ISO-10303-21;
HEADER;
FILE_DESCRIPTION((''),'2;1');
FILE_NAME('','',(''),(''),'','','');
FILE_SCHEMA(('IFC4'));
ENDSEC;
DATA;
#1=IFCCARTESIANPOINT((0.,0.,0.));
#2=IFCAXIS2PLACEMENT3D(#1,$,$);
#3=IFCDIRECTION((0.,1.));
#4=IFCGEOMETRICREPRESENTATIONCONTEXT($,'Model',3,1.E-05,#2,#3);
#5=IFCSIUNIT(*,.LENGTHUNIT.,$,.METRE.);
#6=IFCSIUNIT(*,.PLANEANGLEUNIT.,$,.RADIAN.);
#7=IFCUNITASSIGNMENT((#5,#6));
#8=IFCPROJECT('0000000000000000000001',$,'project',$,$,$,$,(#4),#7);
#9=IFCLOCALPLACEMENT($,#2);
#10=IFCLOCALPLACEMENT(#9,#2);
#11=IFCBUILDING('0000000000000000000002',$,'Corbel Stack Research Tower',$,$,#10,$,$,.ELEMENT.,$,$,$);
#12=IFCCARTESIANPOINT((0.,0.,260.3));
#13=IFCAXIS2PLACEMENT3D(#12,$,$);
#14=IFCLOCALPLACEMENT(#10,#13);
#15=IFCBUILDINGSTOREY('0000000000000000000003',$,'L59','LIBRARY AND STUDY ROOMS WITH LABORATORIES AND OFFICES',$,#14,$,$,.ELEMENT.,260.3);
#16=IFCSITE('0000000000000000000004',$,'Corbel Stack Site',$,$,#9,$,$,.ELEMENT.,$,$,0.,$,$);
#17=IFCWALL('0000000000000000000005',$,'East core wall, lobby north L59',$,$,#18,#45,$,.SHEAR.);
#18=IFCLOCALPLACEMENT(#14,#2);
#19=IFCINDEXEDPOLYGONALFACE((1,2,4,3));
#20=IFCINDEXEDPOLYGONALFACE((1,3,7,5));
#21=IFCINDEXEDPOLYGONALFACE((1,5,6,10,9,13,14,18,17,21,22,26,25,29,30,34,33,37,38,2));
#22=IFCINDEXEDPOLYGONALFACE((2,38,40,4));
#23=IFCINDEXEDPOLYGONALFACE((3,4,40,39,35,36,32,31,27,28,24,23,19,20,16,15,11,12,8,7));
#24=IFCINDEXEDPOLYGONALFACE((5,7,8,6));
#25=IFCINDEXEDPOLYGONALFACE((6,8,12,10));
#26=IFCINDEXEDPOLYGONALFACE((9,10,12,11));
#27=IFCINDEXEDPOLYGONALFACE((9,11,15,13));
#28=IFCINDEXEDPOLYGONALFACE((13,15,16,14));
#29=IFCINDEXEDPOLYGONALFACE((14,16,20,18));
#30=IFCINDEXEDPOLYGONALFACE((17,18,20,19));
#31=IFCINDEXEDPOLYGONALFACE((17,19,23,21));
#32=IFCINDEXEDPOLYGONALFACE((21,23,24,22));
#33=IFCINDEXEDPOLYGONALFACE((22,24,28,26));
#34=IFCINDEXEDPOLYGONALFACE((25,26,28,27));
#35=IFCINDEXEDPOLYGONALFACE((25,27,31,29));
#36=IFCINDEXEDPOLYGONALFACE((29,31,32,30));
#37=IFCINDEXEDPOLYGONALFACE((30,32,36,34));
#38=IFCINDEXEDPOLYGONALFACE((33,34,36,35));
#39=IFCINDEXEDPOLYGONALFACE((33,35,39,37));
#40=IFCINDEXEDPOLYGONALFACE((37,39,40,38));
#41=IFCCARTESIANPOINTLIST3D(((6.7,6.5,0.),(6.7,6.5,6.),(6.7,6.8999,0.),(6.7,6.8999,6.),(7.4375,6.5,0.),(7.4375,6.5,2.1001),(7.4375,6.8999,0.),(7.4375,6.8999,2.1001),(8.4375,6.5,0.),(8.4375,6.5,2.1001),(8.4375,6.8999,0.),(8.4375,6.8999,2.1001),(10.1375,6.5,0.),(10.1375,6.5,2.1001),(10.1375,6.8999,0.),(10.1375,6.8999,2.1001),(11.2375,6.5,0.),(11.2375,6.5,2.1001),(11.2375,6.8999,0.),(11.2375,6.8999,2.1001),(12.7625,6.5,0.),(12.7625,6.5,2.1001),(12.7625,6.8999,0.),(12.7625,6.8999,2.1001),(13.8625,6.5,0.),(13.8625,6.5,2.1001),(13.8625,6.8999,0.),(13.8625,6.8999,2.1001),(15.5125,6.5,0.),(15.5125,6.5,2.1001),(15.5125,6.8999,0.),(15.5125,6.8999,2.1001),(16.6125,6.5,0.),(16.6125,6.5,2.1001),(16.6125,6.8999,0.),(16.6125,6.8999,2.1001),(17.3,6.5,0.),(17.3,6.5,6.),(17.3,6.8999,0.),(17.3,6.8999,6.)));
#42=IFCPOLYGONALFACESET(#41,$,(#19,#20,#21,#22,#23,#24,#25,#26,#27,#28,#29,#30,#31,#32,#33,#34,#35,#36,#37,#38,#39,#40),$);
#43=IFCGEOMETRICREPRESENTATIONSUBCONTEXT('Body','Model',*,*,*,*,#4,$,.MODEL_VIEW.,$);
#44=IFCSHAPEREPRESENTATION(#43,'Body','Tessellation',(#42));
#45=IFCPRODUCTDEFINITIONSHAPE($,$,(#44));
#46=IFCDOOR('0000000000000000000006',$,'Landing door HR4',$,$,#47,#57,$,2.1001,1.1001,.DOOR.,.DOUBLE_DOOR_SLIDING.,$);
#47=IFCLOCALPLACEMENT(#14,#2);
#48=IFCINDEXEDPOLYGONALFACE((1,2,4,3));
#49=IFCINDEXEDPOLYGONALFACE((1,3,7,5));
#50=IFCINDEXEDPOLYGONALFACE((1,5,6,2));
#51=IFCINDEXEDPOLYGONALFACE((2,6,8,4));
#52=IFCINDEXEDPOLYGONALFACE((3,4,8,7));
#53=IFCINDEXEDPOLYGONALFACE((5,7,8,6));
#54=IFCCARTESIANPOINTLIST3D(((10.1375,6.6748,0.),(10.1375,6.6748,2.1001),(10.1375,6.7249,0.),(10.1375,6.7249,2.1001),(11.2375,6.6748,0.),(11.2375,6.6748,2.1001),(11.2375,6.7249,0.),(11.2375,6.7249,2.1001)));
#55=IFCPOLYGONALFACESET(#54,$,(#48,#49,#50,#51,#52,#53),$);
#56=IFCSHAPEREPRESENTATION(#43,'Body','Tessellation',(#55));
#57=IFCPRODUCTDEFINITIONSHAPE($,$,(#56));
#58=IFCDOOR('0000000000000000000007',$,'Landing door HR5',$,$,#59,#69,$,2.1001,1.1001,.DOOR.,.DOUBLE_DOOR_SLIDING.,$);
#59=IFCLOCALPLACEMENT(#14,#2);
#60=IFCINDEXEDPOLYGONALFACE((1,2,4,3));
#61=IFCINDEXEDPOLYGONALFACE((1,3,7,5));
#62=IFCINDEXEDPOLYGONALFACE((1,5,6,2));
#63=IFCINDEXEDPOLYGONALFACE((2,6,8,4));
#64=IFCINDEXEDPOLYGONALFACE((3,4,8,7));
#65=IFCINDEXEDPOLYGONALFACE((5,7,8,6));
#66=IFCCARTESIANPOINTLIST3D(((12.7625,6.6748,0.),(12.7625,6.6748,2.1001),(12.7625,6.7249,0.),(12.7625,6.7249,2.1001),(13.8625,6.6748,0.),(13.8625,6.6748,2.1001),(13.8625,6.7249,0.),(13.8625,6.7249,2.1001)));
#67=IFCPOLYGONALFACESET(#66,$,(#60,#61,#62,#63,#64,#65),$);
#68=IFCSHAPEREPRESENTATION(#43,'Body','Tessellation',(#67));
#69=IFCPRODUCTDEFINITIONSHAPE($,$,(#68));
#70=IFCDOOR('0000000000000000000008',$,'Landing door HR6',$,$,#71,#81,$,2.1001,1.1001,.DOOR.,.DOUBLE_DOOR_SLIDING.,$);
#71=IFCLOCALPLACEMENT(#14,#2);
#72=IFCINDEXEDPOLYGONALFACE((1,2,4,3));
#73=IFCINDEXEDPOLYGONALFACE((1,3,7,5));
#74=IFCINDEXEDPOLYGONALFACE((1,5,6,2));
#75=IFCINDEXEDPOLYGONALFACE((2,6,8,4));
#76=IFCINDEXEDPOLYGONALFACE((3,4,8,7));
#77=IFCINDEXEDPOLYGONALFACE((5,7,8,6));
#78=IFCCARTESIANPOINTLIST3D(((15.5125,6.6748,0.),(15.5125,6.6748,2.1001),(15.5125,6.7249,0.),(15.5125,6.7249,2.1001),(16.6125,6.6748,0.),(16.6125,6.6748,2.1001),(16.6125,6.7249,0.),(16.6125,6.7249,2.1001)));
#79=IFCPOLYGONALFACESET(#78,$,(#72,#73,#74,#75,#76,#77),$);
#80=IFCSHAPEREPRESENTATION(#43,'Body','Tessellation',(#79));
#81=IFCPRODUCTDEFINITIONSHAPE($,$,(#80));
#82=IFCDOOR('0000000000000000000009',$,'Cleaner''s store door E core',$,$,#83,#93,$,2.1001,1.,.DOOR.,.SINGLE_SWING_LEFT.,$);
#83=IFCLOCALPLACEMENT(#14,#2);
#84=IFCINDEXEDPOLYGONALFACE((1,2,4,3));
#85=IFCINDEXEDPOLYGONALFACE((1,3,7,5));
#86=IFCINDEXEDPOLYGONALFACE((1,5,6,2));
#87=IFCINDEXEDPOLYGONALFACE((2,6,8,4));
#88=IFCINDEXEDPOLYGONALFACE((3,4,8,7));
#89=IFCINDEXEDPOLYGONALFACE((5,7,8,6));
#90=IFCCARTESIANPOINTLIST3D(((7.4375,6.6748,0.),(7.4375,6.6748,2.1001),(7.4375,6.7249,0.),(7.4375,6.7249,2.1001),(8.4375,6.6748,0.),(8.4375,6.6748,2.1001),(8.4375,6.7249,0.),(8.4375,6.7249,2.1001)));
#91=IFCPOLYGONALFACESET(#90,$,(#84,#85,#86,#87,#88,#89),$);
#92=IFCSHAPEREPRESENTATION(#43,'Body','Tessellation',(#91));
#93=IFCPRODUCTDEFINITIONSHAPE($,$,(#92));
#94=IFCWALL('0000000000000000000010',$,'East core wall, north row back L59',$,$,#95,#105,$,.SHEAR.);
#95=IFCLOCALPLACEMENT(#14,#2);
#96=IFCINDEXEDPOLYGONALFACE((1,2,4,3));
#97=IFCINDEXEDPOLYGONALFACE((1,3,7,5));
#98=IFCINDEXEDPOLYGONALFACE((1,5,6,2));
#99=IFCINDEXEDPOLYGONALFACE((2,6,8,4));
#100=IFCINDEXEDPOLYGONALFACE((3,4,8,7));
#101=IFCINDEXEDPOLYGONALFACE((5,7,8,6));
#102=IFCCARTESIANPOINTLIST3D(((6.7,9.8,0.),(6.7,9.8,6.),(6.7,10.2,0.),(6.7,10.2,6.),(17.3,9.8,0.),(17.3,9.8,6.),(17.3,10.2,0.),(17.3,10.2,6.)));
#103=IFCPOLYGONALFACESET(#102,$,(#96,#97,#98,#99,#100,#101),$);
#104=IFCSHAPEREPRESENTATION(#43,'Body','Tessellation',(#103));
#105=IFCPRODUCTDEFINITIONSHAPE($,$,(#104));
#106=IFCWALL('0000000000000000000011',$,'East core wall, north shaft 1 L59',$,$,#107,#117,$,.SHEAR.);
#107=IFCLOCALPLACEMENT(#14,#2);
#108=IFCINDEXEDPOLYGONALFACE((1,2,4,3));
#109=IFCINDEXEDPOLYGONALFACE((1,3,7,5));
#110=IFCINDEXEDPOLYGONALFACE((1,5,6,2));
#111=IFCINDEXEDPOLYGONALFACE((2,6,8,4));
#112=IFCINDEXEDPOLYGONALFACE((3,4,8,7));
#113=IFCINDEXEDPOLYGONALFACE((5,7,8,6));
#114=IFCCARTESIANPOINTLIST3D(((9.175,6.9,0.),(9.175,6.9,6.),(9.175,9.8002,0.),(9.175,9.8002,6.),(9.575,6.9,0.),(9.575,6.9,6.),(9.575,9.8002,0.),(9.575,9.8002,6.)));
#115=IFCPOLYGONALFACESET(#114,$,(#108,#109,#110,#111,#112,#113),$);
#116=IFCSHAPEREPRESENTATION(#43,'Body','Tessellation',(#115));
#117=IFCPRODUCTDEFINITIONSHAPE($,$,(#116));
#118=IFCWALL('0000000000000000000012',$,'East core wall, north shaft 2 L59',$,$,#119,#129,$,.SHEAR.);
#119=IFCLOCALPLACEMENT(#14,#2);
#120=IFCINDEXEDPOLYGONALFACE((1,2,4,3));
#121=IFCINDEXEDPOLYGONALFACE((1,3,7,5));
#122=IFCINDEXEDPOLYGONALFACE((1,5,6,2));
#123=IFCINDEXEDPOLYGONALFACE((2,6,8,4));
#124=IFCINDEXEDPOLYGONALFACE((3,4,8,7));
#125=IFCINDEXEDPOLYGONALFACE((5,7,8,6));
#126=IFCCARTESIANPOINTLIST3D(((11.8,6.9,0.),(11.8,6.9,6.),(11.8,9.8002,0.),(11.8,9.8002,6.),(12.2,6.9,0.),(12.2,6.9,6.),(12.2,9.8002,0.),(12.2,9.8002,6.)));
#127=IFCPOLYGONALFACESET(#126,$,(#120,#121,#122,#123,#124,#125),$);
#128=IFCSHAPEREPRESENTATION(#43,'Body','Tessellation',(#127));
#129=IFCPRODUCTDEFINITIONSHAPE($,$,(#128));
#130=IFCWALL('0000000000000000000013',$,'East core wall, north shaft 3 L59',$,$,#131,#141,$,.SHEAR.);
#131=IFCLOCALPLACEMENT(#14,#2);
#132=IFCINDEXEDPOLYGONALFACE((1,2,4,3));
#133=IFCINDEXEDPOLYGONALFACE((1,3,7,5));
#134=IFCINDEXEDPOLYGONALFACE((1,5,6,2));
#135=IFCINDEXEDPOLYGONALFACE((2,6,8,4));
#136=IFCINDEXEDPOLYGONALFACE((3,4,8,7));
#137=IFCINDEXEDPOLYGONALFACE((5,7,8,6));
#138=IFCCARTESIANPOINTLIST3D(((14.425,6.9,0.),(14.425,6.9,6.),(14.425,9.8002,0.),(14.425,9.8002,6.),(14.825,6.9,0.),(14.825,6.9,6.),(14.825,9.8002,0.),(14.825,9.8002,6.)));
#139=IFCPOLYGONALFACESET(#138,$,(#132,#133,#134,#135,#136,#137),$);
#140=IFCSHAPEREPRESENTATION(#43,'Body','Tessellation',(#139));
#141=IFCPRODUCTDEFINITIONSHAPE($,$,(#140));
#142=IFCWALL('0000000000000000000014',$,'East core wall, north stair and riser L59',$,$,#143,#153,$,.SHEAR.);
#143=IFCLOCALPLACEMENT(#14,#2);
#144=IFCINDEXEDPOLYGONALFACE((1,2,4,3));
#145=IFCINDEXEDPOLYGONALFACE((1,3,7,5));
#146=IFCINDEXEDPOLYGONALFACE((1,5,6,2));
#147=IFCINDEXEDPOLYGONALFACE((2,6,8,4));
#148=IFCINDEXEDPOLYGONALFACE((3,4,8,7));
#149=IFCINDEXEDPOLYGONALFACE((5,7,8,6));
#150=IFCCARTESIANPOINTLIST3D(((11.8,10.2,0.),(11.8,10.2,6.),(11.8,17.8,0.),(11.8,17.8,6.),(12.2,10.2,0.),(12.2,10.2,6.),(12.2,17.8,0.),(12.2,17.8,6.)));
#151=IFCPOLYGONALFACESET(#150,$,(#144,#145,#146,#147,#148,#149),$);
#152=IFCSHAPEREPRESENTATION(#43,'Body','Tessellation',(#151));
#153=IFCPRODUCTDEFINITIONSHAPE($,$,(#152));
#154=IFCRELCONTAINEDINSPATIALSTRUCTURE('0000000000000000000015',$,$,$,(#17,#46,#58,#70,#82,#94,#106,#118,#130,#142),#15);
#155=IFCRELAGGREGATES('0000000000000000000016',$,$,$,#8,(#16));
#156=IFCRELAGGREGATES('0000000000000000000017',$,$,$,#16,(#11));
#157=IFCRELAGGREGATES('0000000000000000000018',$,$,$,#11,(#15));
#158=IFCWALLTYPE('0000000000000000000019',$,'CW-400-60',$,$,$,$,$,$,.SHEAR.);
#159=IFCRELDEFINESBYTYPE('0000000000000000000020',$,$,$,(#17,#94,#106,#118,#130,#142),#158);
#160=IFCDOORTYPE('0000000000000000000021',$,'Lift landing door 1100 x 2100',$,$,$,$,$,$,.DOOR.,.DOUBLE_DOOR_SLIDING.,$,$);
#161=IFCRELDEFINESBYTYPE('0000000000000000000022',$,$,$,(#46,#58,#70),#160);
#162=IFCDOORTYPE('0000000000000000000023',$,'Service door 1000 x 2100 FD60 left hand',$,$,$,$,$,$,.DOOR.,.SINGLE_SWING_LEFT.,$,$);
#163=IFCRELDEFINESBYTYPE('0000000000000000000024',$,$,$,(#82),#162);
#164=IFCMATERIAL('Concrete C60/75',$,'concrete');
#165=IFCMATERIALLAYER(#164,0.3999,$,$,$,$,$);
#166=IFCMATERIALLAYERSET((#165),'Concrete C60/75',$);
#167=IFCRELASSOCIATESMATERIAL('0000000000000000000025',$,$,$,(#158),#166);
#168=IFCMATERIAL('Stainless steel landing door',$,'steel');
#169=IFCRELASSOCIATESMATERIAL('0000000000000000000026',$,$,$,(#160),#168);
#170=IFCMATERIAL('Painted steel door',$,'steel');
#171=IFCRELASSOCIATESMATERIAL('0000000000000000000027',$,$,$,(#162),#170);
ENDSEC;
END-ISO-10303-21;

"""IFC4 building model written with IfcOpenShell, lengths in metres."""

from ifc_helpers import new_model, si_unit, direction, frame, frame_2d, origin, place, context, subcontext, project, spatial, rectangle, extrude, material, layer, layer_set, type_object, element, fill, save


model = new_model("IFC4")

# Units and contexts
model_context = context("Model", 3, precision=1e-05, world=origin(), true_north=direction((0.0, 1.0)))
body_context = subcontext(model_context, "Body", "Model", "MODEL_VIEW")
ifc_project = project(units=[si_unit("LENGTHUNIT", "METRE"), si_unit("PLANEANGLEUNIT", "RADIAN")], contexts=[model_context])

# Site, building, storey
site_placement = place(None, origin())
site = spatial("IfcSite", under=ifc_project, at=site_placement, Name="Corbel Stack Site", CompositionType="ELEMENT", RefElevation=0.0)
building_placement = place(site_placement, origin())
building = spatial("IfcBuilding", under=site, at=building_placement, Name="Corbel Stack Research Tower", CompositionType="ELEMENT")
storey_placement = place(building_placement, frame((0.0, 0.0, 260.3)))
storey = spatial("IfcBuildingStorey", under=building, at=storey_placement, Name="L59", Description="LIBRARY AND STUDY ROOMS WITH LABORATORIES AND OFFICES", CompositionType="ELEMENT", Elevation=260.3)

# Wall, openings, doors
ifc_material_1 = material(Name="Concrete C60/75", Category="concrete")
ifc_layer_1 = layer(ifc_material_1, 0.3999)
ifc_layer_set_1 = layer_set([ifc_layer_1], Name="Concrete C60/75")
wall_type_1 = type_object("IfcWallType", Name="CW-400-60", PredefinedType="SHEAR", material=ifc_layer_set_1)
ifc_material_2 = material(Name="Stainless steel landing door", Category="steel")
door_type_1 = type_object("IfcDoorType", Name="Lift landing door 1100 x 2100", OperationType="DOUBLE_DOOR_SLIDING", PredefinedType="DOOR", material=ifc_material_2)
ifc_material_3 = material(Name="Painted steel door", Category="steel")
door_type_2 = type_object("IfcDoorType", Name="Service door 1000 x 2100 FD60 left hand", OperationType="SINGLE_SWING_LEFT", PredefinedType="DOOR", material=ifc_material_3)
wall_1_placement = place(storey_placement, frame((6.7, 6.7, 0.0), z_axis=(0.0, 0.0, 1.0), x_axis=(1.0, 0.0, 0.0)))
wall_1 = element("IfcWall", 1, at=wall_1_placement, inside=storey, type_object=wall_type_1, Name="East core wall, lobby north L59", PredefinedType="SHEAR", context=body_context, shape_type="SweptSolid", body=[
    extrude(rectangle(XDim=10.6001, YDim=0.3999, at=frame_2d((5.3, 0.0))), origin(), (0.0, 0.0, 1.0), 6.0),
])
opening_1_placement = place(wall_1_placement, frame((3.4375, 0.0, 0.0)))
opening_1 = element("IfcOpeningElement", 2, at=opening_1_placement, cuts=wall_1, PredefinedType="OPENING", context=body_context, shape_type="SweptSolid", body=[
    extrude(rectangle(XDim=1.1001, YDim=2.1001, at=frame_2d((0.55, 1.05))), frame((0.0, 0.21, 0.0), z_axis=(0.0, -1.0, 0.0), x_axis=(1.0, 0.0, 0.0)), (0.0, 0.0, 1.0), 0.4199),
])
opening_2_placement = place(wall_1_placement, frame((6.0625, 0.0, 0.0)))
opening_2 = element("IfcOpeningElement", 3, at=opening_2_placement, cuts=wall_1, PredefinedType="OPENING", context=body_context, shape_type="SweptSolid", body=[
    extrude(rectangle(XDim=1.1001, YDim=2.1001, at=frame_2d((0.55, 1.05))), frame((0.0, 0.21, 0.0), z_axis=(0.0, -1.0, 0.0), x_axis=(1.0, 0.0, 0.0)), (0.0, 0.0, 1.0), 0.4199),
])
opening_3_placement = place(wall_1_placement, frame((8.8125, 0.0, 0.0)))
opening_3 = element("IfcOpeningElement", 4, at=opening_3_placement, cuts=wall_1, PredefinedType="OPENING", context=body_context, shape_type="SweptSolid", body=[
    extrude(rectangle(XDim=1.1001, YDim=2.1001, at=frame_2d((0.55, 1.05))), frame((0.0, 0.21, 0.0), z_axis=(0.0, -1.0, 0.0), x_axis=(1.0, 0.0, 0.0)), (0.0, 0.0, 1.0), 0.4199),
])
opening_4_placement = place(wall_1_placement, frame((0.7375, 0.0, 0.0)))
opening_4 = element("IfcOpeningElement", 5, at=opening_4_placement, cuts=wall_1, PredefinedType="OPENING", context=body_context, shape_type="SweptSolid", body=[
    extrude(rectangle(XDim=1.0, YDim=2.1001, at=frame_2d((0.5, 1.05))), frame((0.0, 0.21, 0.0), z_axis=(0.0, -1.0, 0.0), x_axis=(1.0, 0.0, 0.0)), (0.0, 0.0, 1.0), 0.4199),
])
door_1_placement = place(opening_1_placement, origin())
door_1 = element("IfcDoor", 6, at=door_1_placement, inside=storey, type_object=door_type_1, Name="Landing door HR4", OperationType="DOUBLE_DOOR_SLIDING", OverallHeight=2.1001, OverallWidth=1.1001, PredefinedType="DOOR", context=body_context, shape_type="SweptSolid", body=[
    extrude(rectangle(XDim=1.1001, YDim=2.1001, at=frame_2d((0.55, 1.05))), frame((0.0, 0.0249, 0.0), z_axis=(0.0, -1.0, 0.0), x_axis=(1.0, 0.0, 0.0)), (0.0, 0.0, 1.0), 0.05),
])
fill(opening_1, door_1)
door_2_placement = place(opening_2_placement, origin())
door_2 = element("IfcDoor", 7, at=door_2_placement, inside=storey, type_object=door_type_1, Name="Landing door HR5", OperationType="DOUBLE_DOOR_SLIDING", OverallHeight=2.1001, OverallWidth=1.1001, PredefinedType="DOOR", context=body_context, shape_type="SweptSolid", body=[
    extrude(rectangle(XDim=1.1001, YDim=2.1001, at=frame_2d((0.55, 1.05))), frame((0.0, 0.0249, 0.0), z_axis=(0.0, -1.0, 0.0), x_axis=(1.0, 0.0, 0.0)), (0.0, 0.0, 1.0), 0.05),
])
fill(opening_2, door_2)
door_3_placement = place(opening_3_placement, origin())
door_3 = element("IfcDoor", 8, at=door_3_placement, inside=storey, type_object=door_type_1, Name="Landing door HR6", OperationType="DOUBLE_DOOR_SLIDING", OverallHeight=2.1001, OverallWidth=1.1001, PredefinedType="DOOR", context=body_context, shape_type="SweptSolid", body=[
    extrude(rectangle(XDim=1.1001, YDim=2.1001, at=frame_2d((0.55, 1.05))), frame((0.0, 0.0249, 0.0), z_axis=(0.0, -1.0, 0.0), x_axis=(1.0, 0.0, 0.0)), (0.0, 0.0, 1.0), 0.05),
])
fill(opening_3, door_3)
door_4_placement = place(opening_4_placement, origin())
door_4 = element("IfcDoor", 9, at=door_4_placement, inside=storey, type_object=door_type_2, Name="Cleaner's store door E core", OperationType="SINGLE_SWING_LEFT", OverallHeight=2.1001, OverallWidth=1.0, PredefinedType="DOOR", context=body_context, shape_type="SweptSolid", body=[
    extrude(rectangle(XDim=1.0, YDim=2.1001, at=frame_2d((0.5, 1.05))), frame((0.0, 0.0249, 0.0), z_axis=(0.0, -1.0, 0.0), x_axis=(1.0, 0.0, 0.0)), (0.0, 0.0, 1.0), 0.05),
])
fill(opening_4, door_4)

# Walls
wall_2_placement = place(storey_placement, frame((6.7, 10.0, 0.0), z_axis=(0.0, 0.0, 1.0), x_axis=(1.0, 0.0, 0.0)))
element("IfcWall", 10, at=wall_2_placement, inside=storey, type_object=wall_type_1, Name="East core wall, north row back L59", PredefinedType="SHEAR", context=body_context, shape_type="SweptSolid", body=[
    extrude(rectangle(XDim=10.6001, YDim=0.3999, at=frame_2d((5.3, 0.0))), origin(), (0.0, 0.0, 1.0), 6.0),
])
for number, where, z_axis, x_axis, name in (
    (11, (9.375, 6.8999, 0.0), (0.0, 0.0, 1.0), (0.0, 1.0, 0.0), "East core wall, north shaft 1 L59"),
    (12, (12.0, 6.8999, 0.0), (0.0, 0.0, 1.0), (0.0, 1.0, 0.0), "East core wall, north shaft 2 L59"),
    (13, (14.625, 6.8999, 0.0), (0.0, 0.0, 1.0), (0.0, 1.0, 0.0), "East core wall, north shaft 3 L59"),
):
    element("IfcWall", number, at=place(storey_placement, frame(where, z_axis=z_axis, x_axis=x_axis)), inside=storey, type_object=wall_type_1, Name=name, PredefinedType="SHEAR", context=body_context, shape_type="SweptSolid", body=[
        extrude(rectangle(XDim=2.9001, YDim=0.3999, at=frame_2d((1.4502, 0.0))), origin(), (0.0, 0.0, 1.0), 6.0),
    ])
wall_3_placement = place(storey_placement, frame((12.0, 10.2, 0.0), z_axis=(0.0, 0.0, 1.0), x_axis=(0.0, 1.0, 0.0)))
element("IfcWall", 14, at=wall_3_placement, inside=storey, type_object=wall_type_1, Name="East core wall, north stair and riser L59", PredefinedType="SHEAR", context=body_context, shape_type="SweptSolid", body=[
    extrude(rectangle(XDim=7.6001, YDim=0.3999, at=frame_2d((3.8, 0.0))), origin(), (0.0, 0.0, 1.0), 6.0),
])

save(model, "model.ifc")
